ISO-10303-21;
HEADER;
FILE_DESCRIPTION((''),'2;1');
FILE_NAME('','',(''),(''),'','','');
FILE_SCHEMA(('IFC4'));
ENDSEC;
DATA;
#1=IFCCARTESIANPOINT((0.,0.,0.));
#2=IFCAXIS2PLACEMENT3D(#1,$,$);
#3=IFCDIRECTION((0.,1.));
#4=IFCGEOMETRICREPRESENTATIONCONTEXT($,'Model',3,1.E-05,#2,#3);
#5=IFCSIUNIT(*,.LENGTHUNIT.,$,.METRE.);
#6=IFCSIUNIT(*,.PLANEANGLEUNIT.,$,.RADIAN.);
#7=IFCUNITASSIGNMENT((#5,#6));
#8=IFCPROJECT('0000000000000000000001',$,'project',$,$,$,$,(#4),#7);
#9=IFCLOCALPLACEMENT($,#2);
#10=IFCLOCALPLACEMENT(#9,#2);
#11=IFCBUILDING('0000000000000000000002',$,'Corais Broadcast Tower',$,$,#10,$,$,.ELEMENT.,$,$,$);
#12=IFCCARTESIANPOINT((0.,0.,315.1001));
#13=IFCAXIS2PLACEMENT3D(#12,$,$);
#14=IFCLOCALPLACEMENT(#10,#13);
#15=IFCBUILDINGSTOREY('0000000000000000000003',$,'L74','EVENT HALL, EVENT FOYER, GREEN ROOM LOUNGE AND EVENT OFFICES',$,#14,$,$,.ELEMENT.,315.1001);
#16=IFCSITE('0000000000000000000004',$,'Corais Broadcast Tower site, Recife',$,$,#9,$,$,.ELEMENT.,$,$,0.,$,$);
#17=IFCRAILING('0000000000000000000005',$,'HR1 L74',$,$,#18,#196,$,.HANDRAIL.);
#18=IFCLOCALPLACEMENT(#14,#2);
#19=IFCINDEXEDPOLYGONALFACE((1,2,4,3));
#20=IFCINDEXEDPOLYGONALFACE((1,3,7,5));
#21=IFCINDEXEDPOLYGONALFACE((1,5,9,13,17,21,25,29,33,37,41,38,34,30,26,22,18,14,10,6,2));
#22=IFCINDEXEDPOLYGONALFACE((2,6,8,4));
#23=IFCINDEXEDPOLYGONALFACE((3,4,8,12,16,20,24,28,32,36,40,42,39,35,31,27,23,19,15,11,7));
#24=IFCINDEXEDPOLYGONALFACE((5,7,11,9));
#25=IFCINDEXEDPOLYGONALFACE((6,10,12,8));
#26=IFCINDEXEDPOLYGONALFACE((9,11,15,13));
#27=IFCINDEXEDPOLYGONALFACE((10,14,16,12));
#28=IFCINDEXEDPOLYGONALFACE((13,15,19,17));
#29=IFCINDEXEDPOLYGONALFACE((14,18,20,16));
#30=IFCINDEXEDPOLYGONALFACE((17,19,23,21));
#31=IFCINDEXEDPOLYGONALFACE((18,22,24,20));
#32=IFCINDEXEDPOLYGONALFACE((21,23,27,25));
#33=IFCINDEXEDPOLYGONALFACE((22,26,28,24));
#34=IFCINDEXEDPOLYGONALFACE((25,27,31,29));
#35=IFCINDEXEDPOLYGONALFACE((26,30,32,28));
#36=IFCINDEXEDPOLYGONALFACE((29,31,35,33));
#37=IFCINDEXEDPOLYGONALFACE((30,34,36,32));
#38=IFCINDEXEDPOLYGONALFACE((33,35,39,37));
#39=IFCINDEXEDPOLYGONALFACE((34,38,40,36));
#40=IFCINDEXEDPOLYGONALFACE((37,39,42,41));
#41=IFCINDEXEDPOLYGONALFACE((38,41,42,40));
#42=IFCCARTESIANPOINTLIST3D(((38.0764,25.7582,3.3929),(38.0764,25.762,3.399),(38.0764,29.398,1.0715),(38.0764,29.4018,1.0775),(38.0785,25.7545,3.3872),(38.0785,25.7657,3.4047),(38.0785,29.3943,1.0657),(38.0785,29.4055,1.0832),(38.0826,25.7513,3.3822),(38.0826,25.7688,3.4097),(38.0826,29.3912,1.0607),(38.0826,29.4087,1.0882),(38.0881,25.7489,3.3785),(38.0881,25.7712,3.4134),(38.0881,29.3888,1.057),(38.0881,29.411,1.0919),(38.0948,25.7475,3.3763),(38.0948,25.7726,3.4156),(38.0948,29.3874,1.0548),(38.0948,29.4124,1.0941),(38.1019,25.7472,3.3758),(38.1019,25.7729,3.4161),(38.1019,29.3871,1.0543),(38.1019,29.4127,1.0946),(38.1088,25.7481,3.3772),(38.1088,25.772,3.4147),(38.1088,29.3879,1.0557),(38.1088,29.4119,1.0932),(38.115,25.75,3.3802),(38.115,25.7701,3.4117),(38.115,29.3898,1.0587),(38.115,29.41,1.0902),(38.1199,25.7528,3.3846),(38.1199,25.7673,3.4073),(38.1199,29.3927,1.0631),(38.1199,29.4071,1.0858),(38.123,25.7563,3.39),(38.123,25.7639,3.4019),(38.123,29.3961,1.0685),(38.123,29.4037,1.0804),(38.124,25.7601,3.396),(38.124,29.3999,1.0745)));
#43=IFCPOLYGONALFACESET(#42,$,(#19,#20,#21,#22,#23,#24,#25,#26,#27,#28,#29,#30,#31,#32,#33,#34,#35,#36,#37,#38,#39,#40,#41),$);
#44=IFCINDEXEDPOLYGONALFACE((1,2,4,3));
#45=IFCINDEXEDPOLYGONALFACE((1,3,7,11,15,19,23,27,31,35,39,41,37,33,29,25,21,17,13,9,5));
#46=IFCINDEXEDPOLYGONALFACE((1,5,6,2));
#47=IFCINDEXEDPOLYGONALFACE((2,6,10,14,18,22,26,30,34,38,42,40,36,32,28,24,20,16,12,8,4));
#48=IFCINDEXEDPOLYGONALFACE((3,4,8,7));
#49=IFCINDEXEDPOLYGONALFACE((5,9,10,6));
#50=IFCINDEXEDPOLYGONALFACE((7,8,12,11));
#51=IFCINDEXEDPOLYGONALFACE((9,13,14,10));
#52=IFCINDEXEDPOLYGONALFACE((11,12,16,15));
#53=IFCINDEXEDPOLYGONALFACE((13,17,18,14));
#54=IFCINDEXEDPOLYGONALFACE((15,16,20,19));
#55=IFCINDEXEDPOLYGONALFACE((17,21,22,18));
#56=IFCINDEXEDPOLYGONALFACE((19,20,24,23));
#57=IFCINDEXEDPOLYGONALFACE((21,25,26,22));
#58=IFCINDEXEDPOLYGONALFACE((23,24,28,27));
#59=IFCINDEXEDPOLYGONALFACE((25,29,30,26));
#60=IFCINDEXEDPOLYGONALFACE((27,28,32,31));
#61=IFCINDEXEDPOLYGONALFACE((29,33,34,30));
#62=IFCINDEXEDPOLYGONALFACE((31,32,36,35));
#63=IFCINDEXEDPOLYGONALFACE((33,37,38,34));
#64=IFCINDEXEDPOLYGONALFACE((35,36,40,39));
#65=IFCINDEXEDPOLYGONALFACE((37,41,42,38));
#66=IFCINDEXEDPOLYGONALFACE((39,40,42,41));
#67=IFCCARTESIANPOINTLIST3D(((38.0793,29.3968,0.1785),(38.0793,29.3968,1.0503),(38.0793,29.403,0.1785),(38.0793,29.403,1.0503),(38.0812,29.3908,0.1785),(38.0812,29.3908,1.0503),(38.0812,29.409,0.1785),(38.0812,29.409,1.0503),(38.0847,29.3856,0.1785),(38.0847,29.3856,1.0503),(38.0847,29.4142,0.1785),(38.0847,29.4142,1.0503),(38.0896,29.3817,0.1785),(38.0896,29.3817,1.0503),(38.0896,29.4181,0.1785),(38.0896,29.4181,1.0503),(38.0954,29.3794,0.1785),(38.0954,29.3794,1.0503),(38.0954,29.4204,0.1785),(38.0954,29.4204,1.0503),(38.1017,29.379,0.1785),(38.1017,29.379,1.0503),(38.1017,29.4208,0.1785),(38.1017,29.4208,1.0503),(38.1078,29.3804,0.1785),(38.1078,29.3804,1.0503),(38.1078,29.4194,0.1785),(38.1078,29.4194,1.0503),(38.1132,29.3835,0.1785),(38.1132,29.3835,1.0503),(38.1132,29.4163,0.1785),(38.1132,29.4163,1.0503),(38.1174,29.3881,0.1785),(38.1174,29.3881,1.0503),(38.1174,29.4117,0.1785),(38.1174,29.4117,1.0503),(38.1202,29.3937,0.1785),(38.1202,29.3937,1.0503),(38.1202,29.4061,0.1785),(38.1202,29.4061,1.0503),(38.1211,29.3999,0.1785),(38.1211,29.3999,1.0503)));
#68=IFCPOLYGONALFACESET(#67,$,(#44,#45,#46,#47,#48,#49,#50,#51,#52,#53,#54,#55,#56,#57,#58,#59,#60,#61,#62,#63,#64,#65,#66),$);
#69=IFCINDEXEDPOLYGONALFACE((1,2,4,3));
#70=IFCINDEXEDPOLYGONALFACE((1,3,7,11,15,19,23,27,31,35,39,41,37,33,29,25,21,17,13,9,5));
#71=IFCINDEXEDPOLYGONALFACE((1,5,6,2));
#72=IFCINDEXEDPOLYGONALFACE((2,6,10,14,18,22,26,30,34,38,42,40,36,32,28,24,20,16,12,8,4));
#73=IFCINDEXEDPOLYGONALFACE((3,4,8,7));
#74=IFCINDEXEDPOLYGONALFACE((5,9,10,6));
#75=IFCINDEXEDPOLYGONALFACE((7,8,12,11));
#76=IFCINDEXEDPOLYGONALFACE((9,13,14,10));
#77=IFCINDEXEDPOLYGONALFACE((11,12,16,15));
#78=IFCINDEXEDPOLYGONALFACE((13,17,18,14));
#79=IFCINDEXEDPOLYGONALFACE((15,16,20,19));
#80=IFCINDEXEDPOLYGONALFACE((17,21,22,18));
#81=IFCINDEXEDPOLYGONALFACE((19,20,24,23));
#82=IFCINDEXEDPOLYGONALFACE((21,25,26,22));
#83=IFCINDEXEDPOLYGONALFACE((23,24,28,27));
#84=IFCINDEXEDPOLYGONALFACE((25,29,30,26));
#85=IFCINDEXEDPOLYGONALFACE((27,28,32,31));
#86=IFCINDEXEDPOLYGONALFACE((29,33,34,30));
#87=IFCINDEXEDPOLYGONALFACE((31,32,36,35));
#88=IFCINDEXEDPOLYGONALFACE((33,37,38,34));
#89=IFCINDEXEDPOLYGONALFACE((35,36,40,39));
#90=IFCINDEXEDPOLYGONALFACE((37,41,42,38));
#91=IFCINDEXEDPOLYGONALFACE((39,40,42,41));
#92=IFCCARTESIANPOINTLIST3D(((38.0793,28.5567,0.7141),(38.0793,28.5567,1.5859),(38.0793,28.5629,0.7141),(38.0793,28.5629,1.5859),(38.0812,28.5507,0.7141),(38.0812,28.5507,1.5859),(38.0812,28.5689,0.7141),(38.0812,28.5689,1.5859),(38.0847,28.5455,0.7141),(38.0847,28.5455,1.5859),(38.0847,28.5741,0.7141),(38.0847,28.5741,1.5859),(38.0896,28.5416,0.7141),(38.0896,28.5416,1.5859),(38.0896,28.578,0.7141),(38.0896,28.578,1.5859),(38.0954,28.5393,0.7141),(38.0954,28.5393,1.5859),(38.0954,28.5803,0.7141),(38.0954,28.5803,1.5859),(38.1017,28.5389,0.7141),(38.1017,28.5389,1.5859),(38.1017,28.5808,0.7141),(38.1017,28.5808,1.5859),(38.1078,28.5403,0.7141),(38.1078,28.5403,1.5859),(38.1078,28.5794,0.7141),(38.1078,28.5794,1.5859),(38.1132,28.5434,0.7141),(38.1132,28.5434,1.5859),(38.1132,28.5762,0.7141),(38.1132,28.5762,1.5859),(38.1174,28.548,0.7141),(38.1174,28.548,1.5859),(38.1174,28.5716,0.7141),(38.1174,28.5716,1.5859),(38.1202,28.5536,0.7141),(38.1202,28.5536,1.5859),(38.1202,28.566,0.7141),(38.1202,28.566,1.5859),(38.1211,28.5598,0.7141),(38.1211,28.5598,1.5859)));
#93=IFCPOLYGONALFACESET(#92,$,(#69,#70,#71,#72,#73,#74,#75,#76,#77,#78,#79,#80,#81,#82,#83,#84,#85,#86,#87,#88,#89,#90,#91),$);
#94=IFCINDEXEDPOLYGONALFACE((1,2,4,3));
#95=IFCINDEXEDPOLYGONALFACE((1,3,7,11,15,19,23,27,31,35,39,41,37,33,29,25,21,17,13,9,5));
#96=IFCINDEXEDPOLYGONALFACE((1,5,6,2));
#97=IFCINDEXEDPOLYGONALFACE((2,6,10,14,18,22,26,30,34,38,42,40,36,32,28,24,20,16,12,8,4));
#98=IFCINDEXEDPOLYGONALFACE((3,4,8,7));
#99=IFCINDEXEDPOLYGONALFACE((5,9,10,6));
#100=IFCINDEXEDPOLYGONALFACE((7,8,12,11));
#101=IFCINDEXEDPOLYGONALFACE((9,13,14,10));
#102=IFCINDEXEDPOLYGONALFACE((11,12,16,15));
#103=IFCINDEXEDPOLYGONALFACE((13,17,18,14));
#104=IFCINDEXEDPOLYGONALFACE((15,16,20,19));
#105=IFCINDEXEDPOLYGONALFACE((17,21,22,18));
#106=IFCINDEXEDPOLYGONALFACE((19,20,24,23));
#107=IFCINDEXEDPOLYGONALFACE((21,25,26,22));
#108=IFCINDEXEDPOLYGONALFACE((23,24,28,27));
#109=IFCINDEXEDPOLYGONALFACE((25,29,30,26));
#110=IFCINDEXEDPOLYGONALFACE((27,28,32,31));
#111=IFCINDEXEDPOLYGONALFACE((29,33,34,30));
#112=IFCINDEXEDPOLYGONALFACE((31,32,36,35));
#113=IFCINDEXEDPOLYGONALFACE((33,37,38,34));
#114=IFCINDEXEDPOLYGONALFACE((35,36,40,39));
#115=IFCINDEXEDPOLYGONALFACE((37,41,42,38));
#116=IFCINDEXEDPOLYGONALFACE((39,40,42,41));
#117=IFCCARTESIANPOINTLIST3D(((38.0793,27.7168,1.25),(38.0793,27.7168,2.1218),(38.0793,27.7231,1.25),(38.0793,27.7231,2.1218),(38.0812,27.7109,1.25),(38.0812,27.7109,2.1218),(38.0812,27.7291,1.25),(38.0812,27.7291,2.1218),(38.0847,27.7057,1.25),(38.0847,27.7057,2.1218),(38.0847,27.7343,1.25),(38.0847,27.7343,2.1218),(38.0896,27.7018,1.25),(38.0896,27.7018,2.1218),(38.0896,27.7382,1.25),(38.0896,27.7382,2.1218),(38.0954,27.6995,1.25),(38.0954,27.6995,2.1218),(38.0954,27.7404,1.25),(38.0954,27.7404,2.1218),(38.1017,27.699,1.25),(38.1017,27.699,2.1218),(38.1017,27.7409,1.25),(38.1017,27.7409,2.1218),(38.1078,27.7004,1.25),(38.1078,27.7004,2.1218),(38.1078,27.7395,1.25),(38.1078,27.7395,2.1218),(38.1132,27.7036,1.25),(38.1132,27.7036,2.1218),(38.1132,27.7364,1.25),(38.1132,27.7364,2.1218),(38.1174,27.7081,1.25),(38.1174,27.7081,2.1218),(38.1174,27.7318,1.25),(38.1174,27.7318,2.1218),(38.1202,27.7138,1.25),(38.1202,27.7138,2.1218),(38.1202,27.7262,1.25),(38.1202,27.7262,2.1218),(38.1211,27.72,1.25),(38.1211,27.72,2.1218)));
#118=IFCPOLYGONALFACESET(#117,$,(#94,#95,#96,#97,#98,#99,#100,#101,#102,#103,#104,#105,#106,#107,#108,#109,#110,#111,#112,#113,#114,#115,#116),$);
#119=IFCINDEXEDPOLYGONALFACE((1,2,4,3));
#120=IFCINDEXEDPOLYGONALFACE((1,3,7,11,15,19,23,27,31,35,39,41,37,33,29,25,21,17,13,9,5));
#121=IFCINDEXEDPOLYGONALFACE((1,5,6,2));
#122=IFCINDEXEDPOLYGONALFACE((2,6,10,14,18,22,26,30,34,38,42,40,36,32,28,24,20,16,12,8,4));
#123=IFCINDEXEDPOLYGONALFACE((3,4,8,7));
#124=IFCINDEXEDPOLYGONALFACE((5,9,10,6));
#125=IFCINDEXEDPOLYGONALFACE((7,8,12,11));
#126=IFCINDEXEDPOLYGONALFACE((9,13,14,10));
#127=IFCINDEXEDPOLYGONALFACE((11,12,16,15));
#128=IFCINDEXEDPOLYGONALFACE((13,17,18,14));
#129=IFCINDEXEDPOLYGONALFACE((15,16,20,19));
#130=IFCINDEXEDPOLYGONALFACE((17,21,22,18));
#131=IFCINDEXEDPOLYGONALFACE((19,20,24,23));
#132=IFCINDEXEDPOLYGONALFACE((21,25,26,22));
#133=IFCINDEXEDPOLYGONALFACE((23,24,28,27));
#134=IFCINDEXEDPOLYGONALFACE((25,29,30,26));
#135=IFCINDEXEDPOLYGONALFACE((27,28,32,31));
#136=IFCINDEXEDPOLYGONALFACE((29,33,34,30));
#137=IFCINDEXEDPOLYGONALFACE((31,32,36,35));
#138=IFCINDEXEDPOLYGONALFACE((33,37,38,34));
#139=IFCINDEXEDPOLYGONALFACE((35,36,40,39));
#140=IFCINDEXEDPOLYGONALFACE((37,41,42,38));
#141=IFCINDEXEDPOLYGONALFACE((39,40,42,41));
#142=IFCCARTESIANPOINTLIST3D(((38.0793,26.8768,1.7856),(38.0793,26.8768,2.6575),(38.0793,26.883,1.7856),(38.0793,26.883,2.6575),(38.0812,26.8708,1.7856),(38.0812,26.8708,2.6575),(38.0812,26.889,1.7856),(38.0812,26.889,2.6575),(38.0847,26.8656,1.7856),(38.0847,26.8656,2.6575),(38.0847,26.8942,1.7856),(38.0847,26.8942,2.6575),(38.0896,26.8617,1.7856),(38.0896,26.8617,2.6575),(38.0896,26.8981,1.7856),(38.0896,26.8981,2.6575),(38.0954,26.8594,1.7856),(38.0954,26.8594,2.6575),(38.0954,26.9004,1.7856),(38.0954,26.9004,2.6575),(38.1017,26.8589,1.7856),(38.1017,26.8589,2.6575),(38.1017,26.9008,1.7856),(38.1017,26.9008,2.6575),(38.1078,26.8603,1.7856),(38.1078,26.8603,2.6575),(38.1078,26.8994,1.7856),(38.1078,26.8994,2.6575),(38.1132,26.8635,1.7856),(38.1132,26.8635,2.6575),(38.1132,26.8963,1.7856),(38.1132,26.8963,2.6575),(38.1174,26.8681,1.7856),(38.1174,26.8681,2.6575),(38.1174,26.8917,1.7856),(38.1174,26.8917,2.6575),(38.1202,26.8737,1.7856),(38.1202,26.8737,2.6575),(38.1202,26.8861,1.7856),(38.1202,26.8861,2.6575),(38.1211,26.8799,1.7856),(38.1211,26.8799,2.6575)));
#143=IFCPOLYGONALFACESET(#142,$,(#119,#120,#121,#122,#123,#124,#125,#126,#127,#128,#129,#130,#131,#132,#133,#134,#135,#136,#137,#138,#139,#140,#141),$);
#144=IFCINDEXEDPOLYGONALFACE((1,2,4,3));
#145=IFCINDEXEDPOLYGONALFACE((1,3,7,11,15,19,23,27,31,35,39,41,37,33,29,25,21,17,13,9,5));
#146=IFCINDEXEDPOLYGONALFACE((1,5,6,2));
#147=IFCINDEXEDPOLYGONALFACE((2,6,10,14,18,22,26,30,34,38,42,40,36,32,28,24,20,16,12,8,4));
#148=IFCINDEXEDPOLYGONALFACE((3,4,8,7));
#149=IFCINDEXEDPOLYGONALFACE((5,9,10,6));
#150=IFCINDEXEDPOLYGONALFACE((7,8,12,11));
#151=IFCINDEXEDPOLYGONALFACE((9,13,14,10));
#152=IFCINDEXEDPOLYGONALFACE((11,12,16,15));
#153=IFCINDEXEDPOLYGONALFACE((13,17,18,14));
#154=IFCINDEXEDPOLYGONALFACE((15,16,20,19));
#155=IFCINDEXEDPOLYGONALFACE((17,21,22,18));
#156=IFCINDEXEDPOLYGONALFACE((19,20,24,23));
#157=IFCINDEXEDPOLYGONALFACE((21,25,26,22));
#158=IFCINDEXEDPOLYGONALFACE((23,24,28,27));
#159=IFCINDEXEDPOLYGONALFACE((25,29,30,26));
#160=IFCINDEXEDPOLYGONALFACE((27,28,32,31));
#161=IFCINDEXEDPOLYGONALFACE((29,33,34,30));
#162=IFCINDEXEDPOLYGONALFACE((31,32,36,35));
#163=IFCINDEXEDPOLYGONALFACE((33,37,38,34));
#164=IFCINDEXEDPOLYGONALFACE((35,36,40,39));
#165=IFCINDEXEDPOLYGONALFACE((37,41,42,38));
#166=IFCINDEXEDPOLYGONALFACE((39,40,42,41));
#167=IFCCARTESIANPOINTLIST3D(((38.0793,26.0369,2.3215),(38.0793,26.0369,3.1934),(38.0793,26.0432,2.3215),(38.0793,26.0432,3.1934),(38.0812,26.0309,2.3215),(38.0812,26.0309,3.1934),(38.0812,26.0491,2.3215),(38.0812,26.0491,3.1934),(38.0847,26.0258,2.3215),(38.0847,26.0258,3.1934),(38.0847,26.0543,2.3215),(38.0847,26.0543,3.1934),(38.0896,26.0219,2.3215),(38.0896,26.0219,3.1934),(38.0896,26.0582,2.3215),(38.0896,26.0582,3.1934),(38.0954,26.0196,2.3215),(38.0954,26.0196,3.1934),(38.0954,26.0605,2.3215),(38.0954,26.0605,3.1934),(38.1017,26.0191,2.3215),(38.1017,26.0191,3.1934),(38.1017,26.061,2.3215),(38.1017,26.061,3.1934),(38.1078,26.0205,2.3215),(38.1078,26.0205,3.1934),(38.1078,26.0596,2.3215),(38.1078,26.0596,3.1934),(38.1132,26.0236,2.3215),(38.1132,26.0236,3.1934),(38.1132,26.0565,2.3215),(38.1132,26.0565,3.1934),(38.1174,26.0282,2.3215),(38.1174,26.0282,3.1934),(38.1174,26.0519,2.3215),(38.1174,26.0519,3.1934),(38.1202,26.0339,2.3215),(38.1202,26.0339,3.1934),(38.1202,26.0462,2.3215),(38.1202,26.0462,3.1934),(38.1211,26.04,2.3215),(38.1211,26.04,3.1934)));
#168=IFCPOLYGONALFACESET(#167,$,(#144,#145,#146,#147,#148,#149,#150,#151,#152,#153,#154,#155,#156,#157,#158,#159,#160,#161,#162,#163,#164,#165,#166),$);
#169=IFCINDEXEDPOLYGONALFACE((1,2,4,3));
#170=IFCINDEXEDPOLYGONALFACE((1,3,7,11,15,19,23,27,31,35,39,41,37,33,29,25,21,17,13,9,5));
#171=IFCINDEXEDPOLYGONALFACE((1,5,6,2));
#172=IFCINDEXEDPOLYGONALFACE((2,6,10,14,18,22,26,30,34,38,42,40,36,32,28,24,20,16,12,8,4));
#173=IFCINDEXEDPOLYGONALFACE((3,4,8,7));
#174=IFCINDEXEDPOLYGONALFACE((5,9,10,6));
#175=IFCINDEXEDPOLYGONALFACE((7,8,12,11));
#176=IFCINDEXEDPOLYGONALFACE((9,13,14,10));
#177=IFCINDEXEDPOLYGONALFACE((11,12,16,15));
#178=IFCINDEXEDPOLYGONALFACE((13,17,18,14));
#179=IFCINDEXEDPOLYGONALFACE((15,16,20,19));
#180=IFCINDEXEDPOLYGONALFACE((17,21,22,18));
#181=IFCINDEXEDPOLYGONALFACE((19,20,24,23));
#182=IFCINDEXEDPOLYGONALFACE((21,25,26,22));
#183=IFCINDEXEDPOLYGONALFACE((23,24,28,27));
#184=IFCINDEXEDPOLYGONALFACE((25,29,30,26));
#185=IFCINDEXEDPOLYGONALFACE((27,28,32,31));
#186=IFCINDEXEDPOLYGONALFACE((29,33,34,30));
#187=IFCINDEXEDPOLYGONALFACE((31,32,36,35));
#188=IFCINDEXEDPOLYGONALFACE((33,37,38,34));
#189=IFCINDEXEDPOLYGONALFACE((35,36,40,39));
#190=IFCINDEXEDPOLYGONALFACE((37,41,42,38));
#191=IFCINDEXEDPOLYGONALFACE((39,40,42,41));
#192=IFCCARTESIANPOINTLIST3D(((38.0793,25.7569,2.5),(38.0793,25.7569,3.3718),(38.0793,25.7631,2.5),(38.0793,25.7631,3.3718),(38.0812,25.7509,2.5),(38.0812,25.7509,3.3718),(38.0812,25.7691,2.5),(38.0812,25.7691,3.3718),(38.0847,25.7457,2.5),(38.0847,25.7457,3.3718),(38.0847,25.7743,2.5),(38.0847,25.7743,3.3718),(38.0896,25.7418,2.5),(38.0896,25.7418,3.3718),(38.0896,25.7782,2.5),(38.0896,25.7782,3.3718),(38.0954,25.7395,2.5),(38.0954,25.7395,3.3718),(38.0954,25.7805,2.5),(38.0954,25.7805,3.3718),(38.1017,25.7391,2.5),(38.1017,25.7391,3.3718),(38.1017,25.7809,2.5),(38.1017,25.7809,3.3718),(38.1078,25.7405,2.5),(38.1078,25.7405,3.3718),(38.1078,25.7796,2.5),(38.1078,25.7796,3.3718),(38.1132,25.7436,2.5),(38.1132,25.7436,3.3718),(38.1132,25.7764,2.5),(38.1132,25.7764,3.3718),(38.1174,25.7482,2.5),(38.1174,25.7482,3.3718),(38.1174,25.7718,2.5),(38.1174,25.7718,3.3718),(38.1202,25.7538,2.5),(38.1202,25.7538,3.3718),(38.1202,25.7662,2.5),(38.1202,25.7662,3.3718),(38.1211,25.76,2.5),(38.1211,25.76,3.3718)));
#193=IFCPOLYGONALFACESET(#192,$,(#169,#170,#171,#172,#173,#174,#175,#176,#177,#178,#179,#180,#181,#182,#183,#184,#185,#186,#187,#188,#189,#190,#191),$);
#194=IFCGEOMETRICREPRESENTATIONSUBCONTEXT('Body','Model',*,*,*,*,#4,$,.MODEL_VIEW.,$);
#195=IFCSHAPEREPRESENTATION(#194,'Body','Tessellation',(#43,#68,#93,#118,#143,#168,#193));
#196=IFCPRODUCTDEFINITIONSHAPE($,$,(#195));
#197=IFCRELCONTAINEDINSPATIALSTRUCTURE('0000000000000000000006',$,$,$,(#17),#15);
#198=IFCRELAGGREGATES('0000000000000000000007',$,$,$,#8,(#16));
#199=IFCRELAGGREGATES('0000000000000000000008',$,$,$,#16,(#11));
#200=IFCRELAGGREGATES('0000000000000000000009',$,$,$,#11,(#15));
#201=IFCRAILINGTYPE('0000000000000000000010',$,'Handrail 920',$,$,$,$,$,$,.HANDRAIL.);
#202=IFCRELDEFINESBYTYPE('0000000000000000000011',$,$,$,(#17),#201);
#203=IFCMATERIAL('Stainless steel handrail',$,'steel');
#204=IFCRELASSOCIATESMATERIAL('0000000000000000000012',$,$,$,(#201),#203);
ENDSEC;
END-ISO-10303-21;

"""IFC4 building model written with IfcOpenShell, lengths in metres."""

from ifc_helpers import new_model, si_unit, direction, frame, origin, origin_2d, place, context, subcontext, project, spatial, circle, extrude, material, type_object, element, save


model = new_model("IFC4")

# Units and contexts
model_context = context("Model", 3, precision=1e-05, world=origin(), true_north=direction((0.0, 1.0)))
body_context = subcontext(model_context, "Body", "Model", "MODEL_VIEW")
ifc_project = project(units=[si_unit("LENGTHUNIT", "METRE"), si_unit("PLANEANGLEUNIT", "RADIAN")], contexts=[model_context])

# Site, building, storey
site_placement = place(None, origin())
site = spatial("IfcSite", under=ifc_project, at=site_placement, Name="Corais Broadcast Tower site, Recife", CompositionType="ELEMENT", RefElevation=0.0)
building_placement = place(site_placement, origin())
building = spatial("IfcBuilding", under=site, at=building_placement, Name="Corais Broadcast Tower", CompositionType="ELEMENT")
storey_placement = place(building_placement, frame((0.0, 0.0, 315.1001)))
storey = spatial("IfcBuildingStorey", under=building, at=storey_placement, Name="L74", Description="EVENT HALL, EVENT FOYER, GREEN ROOM LOUNGE AND EVENT OFFICES", CompositionType="ELEMENT", Elevation=315.1001)

# Railing
ifc_material_1 = material(Name="Stainless steel handrail", Category="steel")
railing_type = type_object("IfcRailingType", Name="Handrail 920", PredefinedType="HANDRAIL", material=ifc_material_1)
for number, where, name in (
    (1, (38.1001, 29.3999, 0.1785), "HR1 L74"),
):
    element("IfcRailing", number, at=place(storey_placement, frame(where)), inside=storey, type_object=railing_type, Name=name, PredefinedType="HANDRAIL", context=body_context, shape_type="SweptSolid", body=[
        extrude(circle(Radius=0.0239, at=origin_2d()), frame((0.0, 0.0, 0.896), z_axis=(0.0, -0.843112, 0.537739), x_axis=(1.0, 0.0, 0.0)), (0.0, 0.0, 1.0), 4.3171),
        extrude(circle(Radius=0.021, at=origin_2d()), origin(), (0.0, 0.0, 1.0), 0.8718),
        extrude(circle(Radius=0.021, at=origin_2d()), frame((0.0, -0.8401, 0.5356)), (0.0, 0.0, 1.0), 0.8718),
        extrude(circle(Radius=0.021, at=origin_2d()), frame((0.0, -1.6799, 1.0715)), (0.0, 0.0, 1.0), 0.8718),
        extrude(circle(Radius=0.021, at=origin_2d()), frame((0.0, -2.52, 1.6072)), (0.0, 0.0, 1.0), 0.8718),
        extrude(circle(Radius=0.021, at=origin_2d()), frame((0.0, -3.3599, 2.1431)), (0.0, 0.0, 1.0), 0.8718),
        extrude(circle(Radius=0.021, at=origin_2d()), frame((0.0, -3.6399, 2.3215)), (0.0, 0.0, 1.0), 0.8718),
    ])

save(model, "model.ifc")
